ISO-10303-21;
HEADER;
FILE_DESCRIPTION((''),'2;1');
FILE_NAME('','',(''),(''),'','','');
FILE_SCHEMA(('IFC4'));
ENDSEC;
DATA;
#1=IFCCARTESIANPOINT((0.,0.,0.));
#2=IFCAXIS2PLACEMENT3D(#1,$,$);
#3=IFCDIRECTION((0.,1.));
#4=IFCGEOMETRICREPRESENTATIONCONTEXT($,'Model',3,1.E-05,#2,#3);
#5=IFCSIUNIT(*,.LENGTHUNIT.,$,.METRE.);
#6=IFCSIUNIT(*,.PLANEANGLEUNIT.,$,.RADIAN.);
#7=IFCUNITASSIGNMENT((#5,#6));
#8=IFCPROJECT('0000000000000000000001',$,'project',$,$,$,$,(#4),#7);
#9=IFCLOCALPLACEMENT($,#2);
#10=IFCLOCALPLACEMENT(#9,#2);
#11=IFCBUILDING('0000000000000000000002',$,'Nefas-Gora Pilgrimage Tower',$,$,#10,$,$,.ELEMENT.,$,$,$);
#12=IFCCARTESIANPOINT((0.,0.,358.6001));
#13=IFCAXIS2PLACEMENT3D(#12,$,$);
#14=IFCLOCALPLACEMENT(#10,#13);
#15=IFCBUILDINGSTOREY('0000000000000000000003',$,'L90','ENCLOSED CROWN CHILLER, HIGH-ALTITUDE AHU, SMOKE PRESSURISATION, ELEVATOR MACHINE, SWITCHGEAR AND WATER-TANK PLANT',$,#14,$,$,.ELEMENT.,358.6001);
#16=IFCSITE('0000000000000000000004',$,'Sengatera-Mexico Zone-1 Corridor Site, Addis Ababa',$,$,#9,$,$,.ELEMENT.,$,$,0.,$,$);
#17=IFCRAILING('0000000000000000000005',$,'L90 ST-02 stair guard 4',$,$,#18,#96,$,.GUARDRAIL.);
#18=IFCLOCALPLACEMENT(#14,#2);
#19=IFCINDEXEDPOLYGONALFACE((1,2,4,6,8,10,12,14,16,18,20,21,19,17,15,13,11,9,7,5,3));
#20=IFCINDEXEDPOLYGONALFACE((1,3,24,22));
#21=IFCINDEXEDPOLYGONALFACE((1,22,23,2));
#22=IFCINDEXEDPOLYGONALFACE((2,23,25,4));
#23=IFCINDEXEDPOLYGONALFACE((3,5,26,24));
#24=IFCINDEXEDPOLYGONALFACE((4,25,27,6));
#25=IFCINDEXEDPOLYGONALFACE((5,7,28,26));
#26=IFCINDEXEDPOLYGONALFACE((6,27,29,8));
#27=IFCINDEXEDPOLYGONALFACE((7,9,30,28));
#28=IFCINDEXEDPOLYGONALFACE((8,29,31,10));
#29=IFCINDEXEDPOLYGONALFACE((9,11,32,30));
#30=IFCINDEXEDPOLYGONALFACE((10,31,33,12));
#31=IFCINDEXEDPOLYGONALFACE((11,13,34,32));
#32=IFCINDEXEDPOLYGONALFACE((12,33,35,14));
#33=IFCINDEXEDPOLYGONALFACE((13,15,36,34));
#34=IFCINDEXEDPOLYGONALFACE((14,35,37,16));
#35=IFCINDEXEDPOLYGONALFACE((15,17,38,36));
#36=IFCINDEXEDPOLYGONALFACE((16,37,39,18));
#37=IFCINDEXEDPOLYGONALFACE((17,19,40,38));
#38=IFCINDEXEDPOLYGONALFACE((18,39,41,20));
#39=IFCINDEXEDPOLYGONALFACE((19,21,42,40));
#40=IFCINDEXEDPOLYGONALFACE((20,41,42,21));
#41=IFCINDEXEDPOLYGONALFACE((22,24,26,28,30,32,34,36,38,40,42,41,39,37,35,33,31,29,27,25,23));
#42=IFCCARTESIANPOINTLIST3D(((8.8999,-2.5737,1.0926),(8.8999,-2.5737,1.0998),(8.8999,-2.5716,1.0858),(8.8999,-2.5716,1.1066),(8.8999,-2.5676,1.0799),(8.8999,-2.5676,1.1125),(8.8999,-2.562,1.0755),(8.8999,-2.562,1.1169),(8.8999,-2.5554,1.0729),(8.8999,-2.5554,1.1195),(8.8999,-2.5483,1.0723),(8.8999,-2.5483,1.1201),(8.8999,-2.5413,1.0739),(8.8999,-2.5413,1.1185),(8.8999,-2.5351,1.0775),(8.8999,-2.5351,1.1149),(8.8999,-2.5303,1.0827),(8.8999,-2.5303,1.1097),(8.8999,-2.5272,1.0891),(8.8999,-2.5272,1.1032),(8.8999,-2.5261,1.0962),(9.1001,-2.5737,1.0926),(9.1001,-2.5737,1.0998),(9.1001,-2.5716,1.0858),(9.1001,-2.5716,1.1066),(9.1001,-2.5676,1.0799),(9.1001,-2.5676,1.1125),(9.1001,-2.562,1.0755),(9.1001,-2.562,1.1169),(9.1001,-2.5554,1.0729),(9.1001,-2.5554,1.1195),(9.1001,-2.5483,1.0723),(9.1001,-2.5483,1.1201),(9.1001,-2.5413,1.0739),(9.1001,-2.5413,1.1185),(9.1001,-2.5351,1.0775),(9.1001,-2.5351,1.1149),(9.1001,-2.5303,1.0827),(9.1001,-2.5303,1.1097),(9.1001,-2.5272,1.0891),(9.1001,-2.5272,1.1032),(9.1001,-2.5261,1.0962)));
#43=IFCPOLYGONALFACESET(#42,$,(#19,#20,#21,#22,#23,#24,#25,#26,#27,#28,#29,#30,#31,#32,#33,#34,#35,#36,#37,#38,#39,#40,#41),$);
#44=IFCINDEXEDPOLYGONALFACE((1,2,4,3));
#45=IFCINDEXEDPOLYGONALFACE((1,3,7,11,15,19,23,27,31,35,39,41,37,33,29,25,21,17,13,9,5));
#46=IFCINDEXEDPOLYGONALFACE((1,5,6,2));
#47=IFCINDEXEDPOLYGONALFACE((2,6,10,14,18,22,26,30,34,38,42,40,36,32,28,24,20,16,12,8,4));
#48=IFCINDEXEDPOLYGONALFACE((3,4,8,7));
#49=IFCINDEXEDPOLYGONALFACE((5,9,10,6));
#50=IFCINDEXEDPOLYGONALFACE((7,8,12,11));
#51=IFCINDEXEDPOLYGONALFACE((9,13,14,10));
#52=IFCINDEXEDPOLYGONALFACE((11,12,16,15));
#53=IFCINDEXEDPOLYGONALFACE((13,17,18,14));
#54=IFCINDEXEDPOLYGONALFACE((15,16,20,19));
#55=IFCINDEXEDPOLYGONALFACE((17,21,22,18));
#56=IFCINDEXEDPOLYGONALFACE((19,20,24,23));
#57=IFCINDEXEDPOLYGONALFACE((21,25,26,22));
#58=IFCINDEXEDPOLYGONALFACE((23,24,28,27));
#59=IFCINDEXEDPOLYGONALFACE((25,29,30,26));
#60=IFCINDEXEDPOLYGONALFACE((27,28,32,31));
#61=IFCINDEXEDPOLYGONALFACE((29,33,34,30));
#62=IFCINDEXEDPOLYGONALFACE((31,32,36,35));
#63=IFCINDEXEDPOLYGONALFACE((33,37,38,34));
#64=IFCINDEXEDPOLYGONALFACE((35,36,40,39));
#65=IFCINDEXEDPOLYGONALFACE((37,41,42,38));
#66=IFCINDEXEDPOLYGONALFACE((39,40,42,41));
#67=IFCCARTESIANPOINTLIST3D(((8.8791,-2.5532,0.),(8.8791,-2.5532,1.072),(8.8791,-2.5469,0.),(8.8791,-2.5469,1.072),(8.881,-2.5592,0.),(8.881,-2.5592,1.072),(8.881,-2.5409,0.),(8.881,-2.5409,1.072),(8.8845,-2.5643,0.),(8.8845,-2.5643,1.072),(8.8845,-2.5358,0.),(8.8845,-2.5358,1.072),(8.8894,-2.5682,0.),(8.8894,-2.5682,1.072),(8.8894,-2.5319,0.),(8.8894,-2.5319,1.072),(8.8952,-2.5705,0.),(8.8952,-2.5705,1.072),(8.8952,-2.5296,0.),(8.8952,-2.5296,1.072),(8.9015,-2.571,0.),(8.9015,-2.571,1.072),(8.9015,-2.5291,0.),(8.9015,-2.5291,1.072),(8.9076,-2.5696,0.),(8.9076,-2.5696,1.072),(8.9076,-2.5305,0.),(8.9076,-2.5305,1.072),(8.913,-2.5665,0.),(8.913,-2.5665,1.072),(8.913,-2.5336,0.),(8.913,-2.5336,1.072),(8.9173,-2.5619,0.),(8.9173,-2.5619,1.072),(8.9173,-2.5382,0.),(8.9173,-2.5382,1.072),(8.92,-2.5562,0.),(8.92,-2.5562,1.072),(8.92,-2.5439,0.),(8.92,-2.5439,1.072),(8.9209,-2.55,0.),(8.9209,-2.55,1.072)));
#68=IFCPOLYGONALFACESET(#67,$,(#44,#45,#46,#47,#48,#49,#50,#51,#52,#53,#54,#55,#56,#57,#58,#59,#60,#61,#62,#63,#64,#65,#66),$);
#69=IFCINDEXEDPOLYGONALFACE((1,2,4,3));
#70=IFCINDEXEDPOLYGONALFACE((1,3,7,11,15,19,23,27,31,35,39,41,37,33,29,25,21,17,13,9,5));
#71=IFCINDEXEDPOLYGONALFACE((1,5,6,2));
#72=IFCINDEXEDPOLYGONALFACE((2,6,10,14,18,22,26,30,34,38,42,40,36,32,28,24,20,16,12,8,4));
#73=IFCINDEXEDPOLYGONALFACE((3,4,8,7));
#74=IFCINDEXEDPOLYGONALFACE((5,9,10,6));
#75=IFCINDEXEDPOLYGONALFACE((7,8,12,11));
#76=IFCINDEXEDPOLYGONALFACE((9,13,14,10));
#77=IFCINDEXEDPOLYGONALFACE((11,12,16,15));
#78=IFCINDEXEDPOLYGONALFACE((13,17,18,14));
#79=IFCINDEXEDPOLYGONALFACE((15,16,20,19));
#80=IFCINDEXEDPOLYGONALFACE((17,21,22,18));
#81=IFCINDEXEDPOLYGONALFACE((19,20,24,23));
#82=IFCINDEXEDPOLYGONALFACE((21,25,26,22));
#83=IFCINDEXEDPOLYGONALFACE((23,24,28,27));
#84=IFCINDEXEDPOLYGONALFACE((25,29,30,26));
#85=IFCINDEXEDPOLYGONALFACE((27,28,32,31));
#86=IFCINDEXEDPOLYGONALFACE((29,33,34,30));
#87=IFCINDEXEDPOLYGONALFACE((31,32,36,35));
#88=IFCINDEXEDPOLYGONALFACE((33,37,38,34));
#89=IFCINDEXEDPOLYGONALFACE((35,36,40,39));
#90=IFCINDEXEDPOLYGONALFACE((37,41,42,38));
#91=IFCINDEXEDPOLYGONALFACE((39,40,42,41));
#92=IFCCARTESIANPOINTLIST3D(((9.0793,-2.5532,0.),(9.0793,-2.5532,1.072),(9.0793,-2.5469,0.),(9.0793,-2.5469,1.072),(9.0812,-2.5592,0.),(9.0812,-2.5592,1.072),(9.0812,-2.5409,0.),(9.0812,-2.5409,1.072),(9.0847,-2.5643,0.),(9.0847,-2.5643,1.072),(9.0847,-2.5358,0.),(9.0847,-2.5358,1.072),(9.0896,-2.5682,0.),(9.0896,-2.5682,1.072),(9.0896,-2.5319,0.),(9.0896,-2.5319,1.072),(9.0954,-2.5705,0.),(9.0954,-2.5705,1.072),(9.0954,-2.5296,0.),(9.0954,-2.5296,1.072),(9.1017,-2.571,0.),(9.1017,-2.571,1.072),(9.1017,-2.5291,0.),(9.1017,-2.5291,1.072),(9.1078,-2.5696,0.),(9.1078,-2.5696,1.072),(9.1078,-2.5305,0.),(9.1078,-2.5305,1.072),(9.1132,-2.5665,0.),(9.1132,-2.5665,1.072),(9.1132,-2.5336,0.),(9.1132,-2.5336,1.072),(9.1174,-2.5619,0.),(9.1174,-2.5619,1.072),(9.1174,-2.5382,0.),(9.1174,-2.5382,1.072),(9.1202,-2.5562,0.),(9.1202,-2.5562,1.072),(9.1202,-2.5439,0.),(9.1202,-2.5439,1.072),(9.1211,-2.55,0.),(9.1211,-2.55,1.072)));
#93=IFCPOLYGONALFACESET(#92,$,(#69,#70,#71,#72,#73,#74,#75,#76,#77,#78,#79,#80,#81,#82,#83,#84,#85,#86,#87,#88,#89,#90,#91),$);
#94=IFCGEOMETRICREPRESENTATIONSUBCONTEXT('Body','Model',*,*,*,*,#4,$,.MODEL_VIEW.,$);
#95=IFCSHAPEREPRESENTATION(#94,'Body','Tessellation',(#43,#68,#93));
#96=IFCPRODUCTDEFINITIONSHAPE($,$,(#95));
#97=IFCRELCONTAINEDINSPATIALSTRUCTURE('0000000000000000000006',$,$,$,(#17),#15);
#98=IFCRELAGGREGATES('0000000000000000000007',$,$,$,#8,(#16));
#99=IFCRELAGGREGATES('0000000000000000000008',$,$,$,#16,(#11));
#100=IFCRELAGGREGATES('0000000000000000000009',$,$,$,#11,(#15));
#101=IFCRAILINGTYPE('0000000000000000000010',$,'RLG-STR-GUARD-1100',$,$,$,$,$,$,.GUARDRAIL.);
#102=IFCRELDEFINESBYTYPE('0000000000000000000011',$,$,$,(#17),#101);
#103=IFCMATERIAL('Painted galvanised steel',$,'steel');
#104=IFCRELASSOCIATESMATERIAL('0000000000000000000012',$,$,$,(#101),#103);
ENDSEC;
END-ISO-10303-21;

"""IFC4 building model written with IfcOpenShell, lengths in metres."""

from ifc_helpers import new_model, si_unit, direction, frame, origin, origin_2d, place, context, subcontext, project, spatial, circle, extrude, material, type_object, element, save


model = new_model("IFC4")

# Units and contexts
model_context = context("Model", 3, precision=1e-05, world=origin(), true_north=direction((0.0, 1.0)))
body_context = subcontext(model_context, "Body", "Model", "MODEL_VIEW")
ifc_project = project(units=[si_unit("LENGTHUNIT", "METRE"), si_unit("PLANEANGLEUNIT", "RADIAN")], contexts=[model_context])

# Site, building, storey
site_placement = place(None, origin())
site = spatial("IfcSite", under=ifc_project, at=site_placement, Name="Sengatera-Mexico Zone-1 Corridor Site, Addis Ababa", CompositionType="ELEMENT", RefElevation=0.0)
building_placement = place(site_placement, origin())
building = spatial("IfcBuilding", under=site, at=building_placement, Name="Nefas-Gora Pilgrimage Tower", CompositionType="ELEMENT")
storey_placement = place(building_placement, frame((0.0, 0.0, 358.6001)))
storey = spatial("IfcBuildingStorey", under=building, at=storey_placement, Name="L90", Description="ENCLOSED CROWN CHILLER, HIGH-ALTITUDE AHU, SMOKE PRESSURISATION, ELEVATOR MACHINE, SWITCHGEAR AND WATER-TANK PLANT", CompositionType="ELEMENT", Elevation=358.6001)

# Railing
ifc_material_1 = material(Name="Painted galvanised steel", Category="steel")
railing_type_1 = type_object("IfcRailingType", Name="RLG-STR-GUARD-1100", PredefinedType="GUARDRAIL", material=ifc_material_1)
railing_1_placement = place(storey_placement, frame((8.8999, -2.55, 0.0)))
element("IfcRailing", 1, at=railing_1_placement, inside=storey, type_object=railing_type_1, Name="L90 ST-02 stair guard 4", PredefinedType="GUARDRAIL", context=body_context, shape_type="SweptSolid", body=[
    extrude(circle(Radius=0.0239, at=origin_2d()), frame((0.0, 0.0, 1.0962), z_axis=(1.0, 0.0, 0.0), x_axis=(0.0, 1.0, 0.0)), (0.0, 0.0, 1.0), 0.2002),
    extrude(circle(Radius=0.021, at=origin_2d()), origin(), (0.0, 0.0, 1.0), 1.072),
    extrude(circle(Radius=0.021, at=origin_2d()), frame((0.2002, 0.0, 0.0)), (0.0, 0.0, 1.0), 1.072),
])

save(model, "model.ifc")
